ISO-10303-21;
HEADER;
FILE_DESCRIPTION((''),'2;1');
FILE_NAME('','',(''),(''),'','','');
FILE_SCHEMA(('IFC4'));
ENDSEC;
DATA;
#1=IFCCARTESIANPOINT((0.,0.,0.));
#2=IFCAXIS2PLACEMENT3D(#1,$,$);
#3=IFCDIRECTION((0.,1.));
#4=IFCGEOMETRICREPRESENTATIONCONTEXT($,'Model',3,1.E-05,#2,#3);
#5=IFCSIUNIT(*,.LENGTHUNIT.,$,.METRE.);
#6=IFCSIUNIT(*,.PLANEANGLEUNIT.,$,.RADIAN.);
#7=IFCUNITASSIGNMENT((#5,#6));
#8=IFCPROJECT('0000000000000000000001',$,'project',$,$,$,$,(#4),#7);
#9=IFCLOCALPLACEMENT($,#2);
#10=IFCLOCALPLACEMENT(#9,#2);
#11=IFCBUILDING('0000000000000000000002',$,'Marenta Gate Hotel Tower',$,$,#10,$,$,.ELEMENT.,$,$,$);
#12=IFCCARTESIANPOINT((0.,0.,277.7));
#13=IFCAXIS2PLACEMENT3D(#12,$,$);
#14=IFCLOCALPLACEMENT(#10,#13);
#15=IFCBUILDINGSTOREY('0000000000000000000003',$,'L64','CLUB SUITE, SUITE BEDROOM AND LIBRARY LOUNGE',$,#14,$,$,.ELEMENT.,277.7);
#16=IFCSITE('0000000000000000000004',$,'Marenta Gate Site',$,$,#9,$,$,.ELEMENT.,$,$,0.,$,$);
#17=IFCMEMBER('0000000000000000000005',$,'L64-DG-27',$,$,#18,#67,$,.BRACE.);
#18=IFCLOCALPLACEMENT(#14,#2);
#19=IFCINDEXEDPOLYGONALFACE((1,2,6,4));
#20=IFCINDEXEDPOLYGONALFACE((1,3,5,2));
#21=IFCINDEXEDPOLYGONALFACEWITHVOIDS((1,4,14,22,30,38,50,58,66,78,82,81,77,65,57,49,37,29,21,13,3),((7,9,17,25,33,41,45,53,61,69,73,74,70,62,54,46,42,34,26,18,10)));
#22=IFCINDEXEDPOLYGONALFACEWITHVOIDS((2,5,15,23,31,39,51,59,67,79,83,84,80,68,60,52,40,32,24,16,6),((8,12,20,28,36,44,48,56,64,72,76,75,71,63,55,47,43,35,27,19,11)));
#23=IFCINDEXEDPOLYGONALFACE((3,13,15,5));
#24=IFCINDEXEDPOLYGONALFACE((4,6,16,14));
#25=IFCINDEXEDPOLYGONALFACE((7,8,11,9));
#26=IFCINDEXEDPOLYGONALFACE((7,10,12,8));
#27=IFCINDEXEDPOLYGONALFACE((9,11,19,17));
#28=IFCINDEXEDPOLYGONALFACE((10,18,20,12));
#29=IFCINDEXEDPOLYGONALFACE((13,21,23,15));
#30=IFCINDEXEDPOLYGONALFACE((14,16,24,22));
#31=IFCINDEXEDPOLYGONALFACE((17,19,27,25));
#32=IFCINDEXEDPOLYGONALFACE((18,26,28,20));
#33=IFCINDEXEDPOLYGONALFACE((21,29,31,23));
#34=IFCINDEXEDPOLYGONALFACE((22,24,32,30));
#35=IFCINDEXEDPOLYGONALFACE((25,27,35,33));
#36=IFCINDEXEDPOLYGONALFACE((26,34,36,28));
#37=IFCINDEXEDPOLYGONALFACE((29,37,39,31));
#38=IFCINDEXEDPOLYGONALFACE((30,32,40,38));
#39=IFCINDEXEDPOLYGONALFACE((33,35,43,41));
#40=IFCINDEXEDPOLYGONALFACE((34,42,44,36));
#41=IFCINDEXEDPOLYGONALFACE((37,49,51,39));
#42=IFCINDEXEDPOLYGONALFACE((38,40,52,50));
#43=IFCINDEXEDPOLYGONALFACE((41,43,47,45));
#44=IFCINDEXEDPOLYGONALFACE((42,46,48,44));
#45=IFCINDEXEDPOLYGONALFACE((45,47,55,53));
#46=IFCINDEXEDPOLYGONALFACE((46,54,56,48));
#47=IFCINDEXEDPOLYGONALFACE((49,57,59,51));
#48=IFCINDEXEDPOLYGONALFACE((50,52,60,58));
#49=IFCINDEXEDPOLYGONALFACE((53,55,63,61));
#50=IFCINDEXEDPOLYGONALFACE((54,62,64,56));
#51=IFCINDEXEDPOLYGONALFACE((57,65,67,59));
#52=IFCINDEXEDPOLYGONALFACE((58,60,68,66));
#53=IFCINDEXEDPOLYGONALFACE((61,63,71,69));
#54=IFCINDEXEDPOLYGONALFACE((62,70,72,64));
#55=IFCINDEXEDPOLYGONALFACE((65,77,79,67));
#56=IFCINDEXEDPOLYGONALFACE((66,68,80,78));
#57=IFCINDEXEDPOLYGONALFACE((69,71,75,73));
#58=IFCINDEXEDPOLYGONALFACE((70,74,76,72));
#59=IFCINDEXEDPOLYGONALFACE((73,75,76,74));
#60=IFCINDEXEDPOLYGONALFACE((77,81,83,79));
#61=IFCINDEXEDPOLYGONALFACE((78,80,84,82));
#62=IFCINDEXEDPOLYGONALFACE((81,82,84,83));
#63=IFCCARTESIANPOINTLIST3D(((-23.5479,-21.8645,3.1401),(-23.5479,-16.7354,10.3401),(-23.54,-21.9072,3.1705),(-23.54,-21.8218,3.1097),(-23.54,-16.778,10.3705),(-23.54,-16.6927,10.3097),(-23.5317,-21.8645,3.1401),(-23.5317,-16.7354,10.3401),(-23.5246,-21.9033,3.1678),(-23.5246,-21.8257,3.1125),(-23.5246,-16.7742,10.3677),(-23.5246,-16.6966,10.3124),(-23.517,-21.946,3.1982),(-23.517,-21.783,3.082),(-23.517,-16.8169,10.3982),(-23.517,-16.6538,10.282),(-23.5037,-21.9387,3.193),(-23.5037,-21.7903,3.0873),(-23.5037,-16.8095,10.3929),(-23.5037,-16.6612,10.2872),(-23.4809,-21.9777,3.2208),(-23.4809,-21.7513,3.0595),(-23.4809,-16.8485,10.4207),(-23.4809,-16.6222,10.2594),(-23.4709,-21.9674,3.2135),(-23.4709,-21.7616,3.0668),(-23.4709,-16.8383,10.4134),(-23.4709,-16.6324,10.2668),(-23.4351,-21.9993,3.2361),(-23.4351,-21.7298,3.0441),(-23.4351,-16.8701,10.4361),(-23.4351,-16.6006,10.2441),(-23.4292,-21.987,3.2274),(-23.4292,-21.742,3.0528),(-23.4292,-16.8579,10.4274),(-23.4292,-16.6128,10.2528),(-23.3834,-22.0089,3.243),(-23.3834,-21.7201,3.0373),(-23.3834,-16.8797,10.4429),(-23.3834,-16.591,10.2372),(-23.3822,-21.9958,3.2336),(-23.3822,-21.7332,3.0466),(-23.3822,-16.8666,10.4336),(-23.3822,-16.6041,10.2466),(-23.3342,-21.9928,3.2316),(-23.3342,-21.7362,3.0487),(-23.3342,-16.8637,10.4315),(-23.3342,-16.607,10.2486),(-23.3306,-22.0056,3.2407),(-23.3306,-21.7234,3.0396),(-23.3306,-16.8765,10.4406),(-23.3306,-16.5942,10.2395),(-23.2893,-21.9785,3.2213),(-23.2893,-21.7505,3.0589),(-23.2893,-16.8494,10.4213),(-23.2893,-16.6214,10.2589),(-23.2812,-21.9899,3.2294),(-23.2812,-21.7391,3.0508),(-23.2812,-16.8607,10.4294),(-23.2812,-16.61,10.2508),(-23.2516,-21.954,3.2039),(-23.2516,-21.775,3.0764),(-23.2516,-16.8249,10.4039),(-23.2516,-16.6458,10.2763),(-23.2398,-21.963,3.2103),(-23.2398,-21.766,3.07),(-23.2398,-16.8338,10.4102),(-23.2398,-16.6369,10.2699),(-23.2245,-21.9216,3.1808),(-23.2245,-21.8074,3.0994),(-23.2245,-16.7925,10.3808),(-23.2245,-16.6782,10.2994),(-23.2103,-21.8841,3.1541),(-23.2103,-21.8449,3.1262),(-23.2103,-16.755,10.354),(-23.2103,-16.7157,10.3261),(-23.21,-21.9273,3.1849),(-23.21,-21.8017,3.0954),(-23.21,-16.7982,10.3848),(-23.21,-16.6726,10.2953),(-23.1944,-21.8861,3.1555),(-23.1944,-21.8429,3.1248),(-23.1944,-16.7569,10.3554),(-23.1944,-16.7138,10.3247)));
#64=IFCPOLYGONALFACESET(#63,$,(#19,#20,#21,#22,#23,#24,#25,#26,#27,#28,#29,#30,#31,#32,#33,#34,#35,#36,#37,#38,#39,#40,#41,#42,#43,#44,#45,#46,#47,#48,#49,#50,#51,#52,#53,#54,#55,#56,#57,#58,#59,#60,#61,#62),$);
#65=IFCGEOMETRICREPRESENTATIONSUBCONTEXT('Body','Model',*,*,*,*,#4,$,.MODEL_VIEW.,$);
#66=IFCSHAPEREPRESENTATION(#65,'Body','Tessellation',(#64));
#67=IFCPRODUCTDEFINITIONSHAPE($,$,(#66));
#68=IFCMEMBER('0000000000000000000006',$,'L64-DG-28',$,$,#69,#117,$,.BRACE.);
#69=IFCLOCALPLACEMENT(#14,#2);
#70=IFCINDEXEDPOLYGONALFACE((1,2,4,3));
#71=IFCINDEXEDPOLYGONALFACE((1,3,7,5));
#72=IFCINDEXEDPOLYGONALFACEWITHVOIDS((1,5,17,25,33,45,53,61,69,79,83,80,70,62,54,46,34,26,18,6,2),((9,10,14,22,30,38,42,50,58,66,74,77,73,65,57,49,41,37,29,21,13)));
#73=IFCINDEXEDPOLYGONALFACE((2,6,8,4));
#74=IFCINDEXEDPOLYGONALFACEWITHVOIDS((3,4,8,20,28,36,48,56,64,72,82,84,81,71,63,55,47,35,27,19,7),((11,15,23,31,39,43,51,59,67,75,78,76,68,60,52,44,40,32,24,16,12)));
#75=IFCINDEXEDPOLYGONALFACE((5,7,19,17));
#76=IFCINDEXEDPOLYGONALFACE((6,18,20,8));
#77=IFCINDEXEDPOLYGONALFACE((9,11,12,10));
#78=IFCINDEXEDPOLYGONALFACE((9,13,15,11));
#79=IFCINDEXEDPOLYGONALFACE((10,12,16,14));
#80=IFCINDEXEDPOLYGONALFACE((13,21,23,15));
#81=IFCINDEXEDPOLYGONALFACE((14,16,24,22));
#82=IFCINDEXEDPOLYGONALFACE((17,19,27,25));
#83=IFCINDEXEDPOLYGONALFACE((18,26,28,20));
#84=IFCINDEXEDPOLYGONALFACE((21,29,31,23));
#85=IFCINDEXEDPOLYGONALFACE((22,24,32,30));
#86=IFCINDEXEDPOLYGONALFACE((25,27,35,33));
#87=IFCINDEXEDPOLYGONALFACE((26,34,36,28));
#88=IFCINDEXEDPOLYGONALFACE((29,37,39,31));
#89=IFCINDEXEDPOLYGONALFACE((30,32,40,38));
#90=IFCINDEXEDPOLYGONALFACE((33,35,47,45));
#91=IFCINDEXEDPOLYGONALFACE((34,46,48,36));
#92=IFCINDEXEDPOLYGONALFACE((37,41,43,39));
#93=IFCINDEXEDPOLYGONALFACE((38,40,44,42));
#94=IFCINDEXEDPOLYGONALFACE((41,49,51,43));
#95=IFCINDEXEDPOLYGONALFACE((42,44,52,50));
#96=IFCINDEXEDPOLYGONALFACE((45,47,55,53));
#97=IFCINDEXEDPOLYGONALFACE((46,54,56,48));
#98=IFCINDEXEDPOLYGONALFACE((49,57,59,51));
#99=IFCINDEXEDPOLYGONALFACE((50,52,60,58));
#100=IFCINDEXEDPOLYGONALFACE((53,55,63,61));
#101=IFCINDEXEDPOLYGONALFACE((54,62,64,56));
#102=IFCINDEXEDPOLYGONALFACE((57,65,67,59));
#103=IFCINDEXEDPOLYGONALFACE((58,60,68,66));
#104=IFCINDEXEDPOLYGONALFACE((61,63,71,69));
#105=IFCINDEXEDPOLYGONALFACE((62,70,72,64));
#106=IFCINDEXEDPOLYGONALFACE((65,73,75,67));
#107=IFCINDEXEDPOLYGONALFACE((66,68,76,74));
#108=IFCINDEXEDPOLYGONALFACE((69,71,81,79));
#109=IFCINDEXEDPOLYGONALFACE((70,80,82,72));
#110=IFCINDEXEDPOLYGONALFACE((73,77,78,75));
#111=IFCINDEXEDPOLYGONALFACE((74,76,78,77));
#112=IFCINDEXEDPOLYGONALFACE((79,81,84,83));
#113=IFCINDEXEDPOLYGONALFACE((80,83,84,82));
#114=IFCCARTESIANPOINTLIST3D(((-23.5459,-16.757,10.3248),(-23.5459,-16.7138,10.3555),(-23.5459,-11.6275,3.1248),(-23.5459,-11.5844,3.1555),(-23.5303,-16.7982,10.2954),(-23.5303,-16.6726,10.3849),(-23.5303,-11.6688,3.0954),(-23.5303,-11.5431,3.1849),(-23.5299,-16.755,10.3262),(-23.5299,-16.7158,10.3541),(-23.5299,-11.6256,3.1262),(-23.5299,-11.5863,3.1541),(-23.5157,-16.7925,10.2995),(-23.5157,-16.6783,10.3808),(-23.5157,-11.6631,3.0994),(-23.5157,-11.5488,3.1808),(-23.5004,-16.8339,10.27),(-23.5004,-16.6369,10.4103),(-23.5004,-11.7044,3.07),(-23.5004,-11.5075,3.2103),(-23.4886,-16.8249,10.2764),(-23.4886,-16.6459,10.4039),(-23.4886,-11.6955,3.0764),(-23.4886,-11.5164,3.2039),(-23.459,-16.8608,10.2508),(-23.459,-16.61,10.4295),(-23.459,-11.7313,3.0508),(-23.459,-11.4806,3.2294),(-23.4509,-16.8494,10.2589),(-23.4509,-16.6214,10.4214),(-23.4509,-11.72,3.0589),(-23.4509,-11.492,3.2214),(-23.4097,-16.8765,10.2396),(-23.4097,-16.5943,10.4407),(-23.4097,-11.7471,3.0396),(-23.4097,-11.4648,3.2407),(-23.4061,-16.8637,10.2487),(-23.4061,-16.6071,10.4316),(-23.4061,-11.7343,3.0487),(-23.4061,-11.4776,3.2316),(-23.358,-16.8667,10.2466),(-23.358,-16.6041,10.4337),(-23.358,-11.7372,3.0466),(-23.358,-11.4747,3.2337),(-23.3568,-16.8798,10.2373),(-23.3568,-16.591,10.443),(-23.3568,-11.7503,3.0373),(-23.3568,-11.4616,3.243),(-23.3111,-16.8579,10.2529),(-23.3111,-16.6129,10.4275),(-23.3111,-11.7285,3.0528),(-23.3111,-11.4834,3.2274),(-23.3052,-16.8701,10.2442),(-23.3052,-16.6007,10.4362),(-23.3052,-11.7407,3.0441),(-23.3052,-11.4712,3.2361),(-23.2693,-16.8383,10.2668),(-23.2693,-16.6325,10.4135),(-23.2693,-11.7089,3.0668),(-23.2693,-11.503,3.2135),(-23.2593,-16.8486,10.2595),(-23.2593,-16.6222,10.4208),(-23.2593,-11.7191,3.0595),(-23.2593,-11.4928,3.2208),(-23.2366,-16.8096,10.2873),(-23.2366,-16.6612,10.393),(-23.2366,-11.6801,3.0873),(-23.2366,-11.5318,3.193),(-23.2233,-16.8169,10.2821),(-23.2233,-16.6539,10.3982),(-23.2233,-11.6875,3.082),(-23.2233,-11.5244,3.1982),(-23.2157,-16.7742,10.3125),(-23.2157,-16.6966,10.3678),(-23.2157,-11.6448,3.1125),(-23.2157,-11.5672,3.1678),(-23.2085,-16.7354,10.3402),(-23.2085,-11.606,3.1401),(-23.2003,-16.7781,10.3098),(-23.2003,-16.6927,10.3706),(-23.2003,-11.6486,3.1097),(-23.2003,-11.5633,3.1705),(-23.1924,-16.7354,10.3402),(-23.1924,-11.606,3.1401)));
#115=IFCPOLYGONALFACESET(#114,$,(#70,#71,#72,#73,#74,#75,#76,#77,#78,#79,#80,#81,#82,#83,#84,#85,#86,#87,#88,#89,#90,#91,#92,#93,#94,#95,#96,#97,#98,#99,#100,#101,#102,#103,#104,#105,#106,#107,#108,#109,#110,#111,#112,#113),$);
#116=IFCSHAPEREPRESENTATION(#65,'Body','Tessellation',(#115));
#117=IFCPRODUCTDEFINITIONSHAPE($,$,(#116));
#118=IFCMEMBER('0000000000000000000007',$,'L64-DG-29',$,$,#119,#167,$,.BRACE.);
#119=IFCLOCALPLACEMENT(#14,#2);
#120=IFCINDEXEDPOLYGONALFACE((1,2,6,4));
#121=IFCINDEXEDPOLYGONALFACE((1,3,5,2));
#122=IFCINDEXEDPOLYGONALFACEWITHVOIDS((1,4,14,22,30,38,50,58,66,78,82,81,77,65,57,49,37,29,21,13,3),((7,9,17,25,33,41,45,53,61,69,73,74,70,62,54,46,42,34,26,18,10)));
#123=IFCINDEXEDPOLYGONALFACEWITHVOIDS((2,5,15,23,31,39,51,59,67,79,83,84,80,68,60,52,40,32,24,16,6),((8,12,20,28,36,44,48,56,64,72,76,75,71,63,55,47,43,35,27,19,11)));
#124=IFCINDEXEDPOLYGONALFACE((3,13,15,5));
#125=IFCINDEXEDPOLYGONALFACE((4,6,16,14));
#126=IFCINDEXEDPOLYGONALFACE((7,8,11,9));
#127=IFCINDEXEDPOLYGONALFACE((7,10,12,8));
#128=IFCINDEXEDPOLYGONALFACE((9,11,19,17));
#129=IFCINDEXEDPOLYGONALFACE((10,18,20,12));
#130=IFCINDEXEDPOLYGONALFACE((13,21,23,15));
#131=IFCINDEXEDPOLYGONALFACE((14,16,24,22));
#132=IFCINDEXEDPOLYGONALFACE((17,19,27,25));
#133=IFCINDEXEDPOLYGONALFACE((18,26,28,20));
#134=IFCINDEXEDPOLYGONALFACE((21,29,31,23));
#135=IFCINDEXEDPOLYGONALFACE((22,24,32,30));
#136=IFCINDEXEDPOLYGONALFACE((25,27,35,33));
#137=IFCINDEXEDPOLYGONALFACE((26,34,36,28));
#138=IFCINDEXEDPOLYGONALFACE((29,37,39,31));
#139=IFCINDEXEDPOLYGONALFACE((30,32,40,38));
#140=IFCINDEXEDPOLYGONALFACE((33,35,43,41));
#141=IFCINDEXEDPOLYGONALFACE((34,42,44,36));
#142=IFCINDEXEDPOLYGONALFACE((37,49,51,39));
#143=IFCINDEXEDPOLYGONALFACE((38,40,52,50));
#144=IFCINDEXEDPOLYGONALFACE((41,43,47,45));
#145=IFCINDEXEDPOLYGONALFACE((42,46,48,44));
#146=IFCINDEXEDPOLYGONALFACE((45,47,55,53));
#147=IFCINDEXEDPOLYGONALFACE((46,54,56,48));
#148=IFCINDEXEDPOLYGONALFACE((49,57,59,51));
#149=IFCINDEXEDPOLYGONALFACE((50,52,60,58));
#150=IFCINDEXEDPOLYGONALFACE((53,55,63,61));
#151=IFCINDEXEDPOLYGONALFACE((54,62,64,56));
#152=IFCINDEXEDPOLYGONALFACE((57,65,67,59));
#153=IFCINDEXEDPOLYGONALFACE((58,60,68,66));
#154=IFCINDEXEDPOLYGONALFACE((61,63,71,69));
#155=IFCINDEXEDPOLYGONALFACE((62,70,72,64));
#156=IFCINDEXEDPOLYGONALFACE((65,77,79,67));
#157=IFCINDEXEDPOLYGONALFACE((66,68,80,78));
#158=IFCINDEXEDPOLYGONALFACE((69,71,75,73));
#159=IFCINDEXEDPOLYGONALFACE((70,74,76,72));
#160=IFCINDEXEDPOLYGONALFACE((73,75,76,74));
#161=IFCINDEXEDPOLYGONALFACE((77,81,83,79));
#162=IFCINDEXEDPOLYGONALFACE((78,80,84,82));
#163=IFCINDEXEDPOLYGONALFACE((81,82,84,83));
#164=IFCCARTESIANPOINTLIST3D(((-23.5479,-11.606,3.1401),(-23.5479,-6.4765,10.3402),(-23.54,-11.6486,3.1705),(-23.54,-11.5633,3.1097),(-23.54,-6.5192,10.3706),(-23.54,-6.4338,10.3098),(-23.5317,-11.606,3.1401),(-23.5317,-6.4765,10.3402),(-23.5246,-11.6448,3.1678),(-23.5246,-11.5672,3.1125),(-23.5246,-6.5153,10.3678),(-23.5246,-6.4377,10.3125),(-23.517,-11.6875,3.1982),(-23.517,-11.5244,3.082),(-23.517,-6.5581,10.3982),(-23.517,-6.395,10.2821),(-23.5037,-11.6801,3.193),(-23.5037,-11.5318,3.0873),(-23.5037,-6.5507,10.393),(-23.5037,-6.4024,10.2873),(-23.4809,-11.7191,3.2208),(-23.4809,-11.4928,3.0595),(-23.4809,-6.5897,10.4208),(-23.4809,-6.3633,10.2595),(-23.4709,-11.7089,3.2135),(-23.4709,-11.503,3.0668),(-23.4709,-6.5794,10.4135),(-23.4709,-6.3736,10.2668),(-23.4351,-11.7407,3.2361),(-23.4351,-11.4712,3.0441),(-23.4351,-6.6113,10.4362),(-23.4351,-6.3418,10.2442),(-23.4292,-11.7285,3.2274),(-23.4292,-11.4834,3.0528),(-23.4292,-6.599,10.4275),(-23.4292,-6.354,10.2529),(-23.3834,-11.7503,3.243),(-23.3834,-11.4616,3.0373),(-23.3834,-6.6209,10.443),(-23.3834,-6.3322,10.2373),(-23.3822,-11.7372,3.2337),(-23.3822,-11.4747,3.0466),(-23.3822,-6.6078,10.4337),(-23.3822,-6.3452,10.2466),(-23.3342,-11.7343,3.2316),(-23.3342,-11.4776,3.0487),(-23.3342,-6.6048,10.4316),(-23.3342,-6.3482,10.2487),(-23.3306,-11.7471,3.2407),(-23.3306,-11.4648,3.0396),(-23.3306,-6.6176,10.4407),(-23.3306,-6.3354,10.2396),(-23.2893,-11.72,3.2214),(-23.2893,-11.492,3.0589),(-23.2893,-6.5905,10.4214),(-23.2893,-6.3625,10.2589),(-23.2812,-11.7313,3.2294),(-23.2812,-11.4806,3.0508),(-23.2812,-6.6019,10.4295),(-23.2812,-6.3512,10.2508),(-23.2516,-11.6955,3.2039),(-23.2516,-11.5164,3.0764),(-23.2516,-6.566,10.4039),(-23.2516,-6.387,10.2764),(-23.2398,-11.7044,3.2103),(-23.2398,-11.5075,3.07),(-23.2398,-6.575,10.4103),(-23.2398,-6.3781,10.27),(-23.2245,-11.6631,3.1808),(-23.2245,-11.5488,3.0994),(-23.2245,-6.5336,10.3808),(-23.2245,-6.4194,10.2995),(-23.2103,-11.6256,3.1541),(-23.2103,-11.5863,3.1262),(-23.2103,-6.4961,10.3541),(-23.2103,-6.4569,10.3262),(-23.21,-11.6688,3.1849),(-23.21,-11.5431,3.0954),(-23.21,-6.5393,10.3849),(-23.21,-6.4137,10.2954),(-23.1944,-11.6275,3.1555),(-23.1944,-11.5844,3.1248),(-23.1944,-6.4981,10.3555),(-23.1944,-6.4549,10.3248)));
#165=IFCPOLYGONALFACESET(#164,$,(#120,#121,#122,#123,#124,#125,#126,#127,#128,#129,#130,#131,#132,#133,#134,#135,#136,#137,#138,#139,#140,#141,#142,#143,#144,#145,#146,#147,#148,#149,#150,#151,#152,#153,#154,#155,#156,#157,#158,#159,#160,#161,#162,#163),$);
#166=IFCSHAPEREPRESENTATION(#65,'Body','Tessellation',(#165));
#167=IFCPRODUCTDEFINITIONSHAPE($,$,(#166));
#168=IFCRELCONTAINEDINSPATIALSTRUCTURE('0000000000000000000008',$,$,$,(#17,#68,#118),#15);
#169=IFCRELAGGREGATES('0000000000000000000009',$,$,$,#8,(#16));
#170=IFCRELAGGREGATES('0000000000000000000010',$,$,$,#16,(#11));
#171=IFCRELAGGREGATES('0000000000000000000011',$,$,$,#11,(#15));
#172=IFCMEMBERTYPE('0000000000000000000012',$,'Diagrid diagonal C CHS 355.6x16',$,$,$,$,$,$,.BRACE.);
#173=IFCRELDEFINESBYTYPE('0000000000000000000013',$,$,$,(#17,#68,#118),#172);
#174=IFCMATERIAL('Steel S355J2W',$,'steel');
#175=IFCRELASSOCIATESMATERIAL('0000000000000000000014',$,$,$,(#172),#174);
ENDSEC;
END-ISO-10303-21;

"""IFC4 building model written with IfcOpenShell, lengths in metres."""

from ifc_helpers import new_model, si_unit, direction, frame, origin, origin_2d, place, context, subcontext, project, spatial, hollow_circle, extrude, material, material_profile, profile_set, type_object, element, save


model = new_model("IFC4")

# Units and contexts
model_context = context("Model", 3, precision=1e-05, world=origin(), true_north=direction((0.0, 1.0)))
body_context = subcontext(model_context, "Body", "Model", "MODEL_VIEW")
ifc_project = project(units=[si_unit("LENGTHUNIT", "METRE"), si_unit("PLANEANGLEUNIT", "RADIAN")], contexts=[model_context])

# Site, building, storey
site_placement = place(None, origin())
site = spatial("IfcSite", under=ifc_project, at=site_placement, Name="Marenta Gate Site", CompositionType="ELEMENT", RefElevation=0.0)
building_placement = place(site_placement, origin())
building = spatial("IfcBuilding", under=site, at=building_placement, Name="Marenta Gate Hotel Tower", CompositionType="ELEMENT")
storey_placement = place(building_placement, frame((0.0, 0.0, 277.7)))
storey = spatial("IfcBuildingStorey", under=building, at=storey_placement, Name="L64", Description="CLUB SUITE, SUITE BEDROOM AND LIBRARY LOUNGE", CompositionType="ELEMENT", Elevation=277.7)

# Members
ifc_material_1 = material(Name="Steel S355J2W", Category="steel")
ifc_material_profile_1 = material_profile(ifc_material_1, hollow_circle(Radius=0.1777, WallThickness=0.0161, at=origin_2d()), Name="CHS 355.6x16")
ifc_profile_set_1 = profile_set([ifc_material_profile_1], Name="Steel S355J2W")
member_type_1 = type_object("IfcMemberType", Name="Diagrid diagonal C CHS 355.6x16", PredefinedType="BRACE", material=ifc_profile_set_1)
member_1_placement = place(storey_placement, frame((-23.3701, -21.8645, 3.1401), z_axis=(0.0, 0.580214, 0.814464), x_axis=(-1.0, 0.0, 0.0)))
element("IfcMember", 1, at=member_1_placement, inside=storey, type_object=member_type_1, Name="L64-DG-27", PredefinedType="BRACE", context=body_context, shape_type="SweptSolid", body=[
    extrude(hollow_circle(Radius=0.1777, WallThickness=0.0161, at=origin_2d()), origin(), (0.0, 0.0, 1.0), 8.8401),
])
for number, where, z_axis, x_axis, name in (
    (2, (-23.3701, -11.606, 3.1401), (0.0, -0.580232, 0.814451), (1.0, 0.0, 0.0), "L64-DG-28"),
    (3, (-23.3701, -11.606, 3.1401), (0.0, 0.580232, 0.814451), (-1.0, 0.0, 0.0), "L64-DG-29"),
):
    element("IfcMember", number, at=place(storey_placement, frame(where, z_axis=z_axis, x_axis=x_axis)), inside=storey, type_object=member_type_1, Name=name, PredefinedType="BRACE", context=body_context, shape_type="SweptSolid", body=[
        extrude(hollow_circle(Radius=0.1777, WallThickness=0.0161, at=origin_2d()), origin(), (0.0, 0.0, 1.0), 8.8403),
    ])

save(model, "model.ifc")
